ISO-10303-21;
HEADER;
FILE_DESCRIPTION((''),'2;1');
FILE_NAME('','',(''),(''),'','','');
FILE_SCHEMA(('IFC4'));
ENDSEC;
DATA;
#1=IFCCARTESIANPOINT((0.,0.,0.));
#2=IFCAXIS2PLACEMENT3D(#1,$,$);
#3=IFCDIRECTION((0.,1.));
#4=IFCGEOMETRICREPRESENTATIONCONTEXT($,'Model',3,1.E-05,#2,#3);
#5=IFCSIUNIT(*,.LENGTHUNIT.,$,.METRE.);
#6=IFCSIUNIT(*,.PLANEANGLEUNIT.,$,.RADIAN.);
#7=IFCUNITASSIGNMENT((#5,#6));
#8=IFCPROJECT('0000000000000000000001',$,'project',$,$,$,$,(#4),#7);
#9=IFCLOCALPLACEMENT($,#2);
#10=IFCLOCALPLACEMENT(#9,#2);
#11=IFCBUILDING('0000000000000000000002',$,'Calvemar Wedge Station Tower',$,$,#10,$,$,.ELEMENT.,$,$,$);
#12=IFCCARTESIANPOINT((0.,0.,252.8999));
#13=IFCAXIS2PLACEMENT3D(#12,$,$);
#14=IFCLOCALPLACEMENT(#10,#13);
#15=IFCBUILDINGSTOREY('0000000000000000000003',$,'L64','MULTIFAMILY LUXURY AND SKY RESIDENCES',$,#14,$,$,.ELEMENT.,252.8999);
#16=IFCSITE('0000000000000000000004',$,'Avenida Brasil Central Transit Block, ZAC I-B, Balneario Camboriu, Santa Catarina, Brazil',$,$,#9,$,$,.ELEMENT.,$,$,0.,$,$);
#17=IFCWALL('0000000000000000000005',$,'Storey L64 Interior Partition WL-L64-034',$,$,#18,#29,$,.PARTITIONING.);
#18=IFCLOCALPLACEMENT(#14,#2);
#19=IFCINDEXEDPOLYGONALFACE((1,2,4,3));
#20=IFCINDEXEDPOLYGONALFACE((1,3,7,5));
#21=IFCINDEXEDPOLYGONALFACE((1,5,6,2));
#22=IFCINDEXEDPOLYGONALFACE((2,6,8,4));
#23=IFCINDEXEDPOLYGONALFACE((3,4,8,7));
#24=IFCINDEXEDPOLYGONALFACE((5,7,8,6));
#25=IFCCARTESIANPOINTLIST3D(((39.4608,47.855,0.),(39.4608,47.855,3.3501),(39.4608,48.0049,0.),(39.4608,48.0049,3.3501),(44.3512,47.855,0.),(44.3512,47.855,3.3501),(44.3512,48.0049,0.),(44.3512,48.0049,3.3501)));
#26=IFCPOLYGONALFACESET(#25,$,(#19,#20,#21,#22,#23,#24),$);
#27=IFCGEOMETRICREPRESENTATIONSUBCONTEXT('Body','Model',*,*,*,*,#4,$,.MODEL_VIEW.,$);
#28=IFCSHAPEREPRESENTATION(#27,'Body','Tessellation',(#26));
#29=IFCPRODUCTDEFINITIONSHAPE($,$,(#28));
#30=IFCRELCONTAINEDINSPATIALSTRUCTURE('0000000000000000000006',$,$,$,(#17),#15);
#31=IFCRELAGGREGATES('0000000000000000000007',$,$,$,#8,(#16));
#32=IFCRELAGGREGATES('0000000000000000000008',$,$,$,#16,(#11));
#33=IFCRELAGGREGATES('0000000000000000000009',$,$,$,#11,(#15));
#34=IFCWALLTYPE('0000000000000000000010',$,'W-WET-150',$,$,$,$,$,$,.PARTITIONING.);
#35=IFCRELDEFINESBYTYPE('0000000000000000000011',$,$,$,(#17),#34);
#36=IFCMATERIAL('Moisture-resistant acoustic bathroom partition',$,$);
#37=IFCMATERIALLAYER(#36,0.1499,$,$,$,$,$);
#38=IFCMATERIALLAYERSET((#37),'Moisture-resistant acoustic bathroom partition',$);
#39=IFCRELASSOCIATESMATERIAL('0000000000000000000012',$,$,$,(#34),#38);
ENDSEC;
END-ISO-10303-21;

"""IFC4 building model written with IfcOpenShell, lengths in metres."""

from ifc_helpers import new_model, si_unit, direction, frame, frame_2d, origin, place, context, subcontext, project, spatial, rectangle, extrude, material, layer, layer_set, type_object, element, save


model = new_model("IFC4")

# Units and contexts
model_context = context("Model", 3, precision=1e-05, world=origin(), true_north=direction((0.0, 1.0)))
body_context = subcontext(model_context, "Body", "Model", "MODEL_VIEW")
ifc_project = project(units=[si_unit("LENGTHUNIT", "METRE"), si_unit("PLANEANGLEUNIT", "RADIAN")], contexts=[model_context])

# Site, building, storey
site_placement = place(None, origin())
site = spatial("IfcSite", under=ifc_project, at=site_placement, Name="Avenida Brasil Central Transit Block, ZAC I-B, Balneario Camboriu, Santa Catarina, Brazil", CompositionType="ELEMENT", RefElevation=0.0)
building_placement = place(site_placement, origin())
building = spatial("IfcBuilding", under=site, at=building_placement, Name="Calvemar Wedge Station Tower", CompositionType="ELEMENT")
storey_placement = place(building_placement, frame((0.0, 0.0, 252.8999)))
storey = spatial("IfcBuildingStorey", under=building, at=storey_placement, Name="L64", Description="MULTIFAMILY LUXURY AND SKY RESIDENCES", CompositionType="ELEMENT", Elevation=252.8999)

# Shared definitions
ifc_material_1 = material(Name="Moisture-resistant acoustic bathroom partition")
ifc_layer_1 = layer(ifc_material_1, 0.1499)
ifc_layer_set_1 = layer_set([ifc_layer_1], Name="Moisture-resistant acoustic bathroom partition")
wall_type_1 = type_object("IfcWallType", Name="W-WET-150", PredefinedType="PARTITIONING", material=ifc_layer_set_1)

# Wall
wall_1_placement = place(storey_placement, frame((44.3513, 47.9299, 0.0), z_axis=(0.0, 0.0, 1.0), x_axis=(-1.0, 0.0, 0.0)))
element("IfcWall", 1, at=wall_1_placement, inside=storey, type_object=wall_type_1, Name="Storey L64 Interior Partition WL-L64-034", PredefinedType="PARTITIONING", context=body_context, shape_type="SweptSolid", body=[
    extrude(rectangle(XDim=4.8904, YDim=0.1499, at=frame_2d((2.4453, 0.0))), origin(), (0.0, 0.0, 1.0), 3.3501),
])

save(model, "model.ifc")
